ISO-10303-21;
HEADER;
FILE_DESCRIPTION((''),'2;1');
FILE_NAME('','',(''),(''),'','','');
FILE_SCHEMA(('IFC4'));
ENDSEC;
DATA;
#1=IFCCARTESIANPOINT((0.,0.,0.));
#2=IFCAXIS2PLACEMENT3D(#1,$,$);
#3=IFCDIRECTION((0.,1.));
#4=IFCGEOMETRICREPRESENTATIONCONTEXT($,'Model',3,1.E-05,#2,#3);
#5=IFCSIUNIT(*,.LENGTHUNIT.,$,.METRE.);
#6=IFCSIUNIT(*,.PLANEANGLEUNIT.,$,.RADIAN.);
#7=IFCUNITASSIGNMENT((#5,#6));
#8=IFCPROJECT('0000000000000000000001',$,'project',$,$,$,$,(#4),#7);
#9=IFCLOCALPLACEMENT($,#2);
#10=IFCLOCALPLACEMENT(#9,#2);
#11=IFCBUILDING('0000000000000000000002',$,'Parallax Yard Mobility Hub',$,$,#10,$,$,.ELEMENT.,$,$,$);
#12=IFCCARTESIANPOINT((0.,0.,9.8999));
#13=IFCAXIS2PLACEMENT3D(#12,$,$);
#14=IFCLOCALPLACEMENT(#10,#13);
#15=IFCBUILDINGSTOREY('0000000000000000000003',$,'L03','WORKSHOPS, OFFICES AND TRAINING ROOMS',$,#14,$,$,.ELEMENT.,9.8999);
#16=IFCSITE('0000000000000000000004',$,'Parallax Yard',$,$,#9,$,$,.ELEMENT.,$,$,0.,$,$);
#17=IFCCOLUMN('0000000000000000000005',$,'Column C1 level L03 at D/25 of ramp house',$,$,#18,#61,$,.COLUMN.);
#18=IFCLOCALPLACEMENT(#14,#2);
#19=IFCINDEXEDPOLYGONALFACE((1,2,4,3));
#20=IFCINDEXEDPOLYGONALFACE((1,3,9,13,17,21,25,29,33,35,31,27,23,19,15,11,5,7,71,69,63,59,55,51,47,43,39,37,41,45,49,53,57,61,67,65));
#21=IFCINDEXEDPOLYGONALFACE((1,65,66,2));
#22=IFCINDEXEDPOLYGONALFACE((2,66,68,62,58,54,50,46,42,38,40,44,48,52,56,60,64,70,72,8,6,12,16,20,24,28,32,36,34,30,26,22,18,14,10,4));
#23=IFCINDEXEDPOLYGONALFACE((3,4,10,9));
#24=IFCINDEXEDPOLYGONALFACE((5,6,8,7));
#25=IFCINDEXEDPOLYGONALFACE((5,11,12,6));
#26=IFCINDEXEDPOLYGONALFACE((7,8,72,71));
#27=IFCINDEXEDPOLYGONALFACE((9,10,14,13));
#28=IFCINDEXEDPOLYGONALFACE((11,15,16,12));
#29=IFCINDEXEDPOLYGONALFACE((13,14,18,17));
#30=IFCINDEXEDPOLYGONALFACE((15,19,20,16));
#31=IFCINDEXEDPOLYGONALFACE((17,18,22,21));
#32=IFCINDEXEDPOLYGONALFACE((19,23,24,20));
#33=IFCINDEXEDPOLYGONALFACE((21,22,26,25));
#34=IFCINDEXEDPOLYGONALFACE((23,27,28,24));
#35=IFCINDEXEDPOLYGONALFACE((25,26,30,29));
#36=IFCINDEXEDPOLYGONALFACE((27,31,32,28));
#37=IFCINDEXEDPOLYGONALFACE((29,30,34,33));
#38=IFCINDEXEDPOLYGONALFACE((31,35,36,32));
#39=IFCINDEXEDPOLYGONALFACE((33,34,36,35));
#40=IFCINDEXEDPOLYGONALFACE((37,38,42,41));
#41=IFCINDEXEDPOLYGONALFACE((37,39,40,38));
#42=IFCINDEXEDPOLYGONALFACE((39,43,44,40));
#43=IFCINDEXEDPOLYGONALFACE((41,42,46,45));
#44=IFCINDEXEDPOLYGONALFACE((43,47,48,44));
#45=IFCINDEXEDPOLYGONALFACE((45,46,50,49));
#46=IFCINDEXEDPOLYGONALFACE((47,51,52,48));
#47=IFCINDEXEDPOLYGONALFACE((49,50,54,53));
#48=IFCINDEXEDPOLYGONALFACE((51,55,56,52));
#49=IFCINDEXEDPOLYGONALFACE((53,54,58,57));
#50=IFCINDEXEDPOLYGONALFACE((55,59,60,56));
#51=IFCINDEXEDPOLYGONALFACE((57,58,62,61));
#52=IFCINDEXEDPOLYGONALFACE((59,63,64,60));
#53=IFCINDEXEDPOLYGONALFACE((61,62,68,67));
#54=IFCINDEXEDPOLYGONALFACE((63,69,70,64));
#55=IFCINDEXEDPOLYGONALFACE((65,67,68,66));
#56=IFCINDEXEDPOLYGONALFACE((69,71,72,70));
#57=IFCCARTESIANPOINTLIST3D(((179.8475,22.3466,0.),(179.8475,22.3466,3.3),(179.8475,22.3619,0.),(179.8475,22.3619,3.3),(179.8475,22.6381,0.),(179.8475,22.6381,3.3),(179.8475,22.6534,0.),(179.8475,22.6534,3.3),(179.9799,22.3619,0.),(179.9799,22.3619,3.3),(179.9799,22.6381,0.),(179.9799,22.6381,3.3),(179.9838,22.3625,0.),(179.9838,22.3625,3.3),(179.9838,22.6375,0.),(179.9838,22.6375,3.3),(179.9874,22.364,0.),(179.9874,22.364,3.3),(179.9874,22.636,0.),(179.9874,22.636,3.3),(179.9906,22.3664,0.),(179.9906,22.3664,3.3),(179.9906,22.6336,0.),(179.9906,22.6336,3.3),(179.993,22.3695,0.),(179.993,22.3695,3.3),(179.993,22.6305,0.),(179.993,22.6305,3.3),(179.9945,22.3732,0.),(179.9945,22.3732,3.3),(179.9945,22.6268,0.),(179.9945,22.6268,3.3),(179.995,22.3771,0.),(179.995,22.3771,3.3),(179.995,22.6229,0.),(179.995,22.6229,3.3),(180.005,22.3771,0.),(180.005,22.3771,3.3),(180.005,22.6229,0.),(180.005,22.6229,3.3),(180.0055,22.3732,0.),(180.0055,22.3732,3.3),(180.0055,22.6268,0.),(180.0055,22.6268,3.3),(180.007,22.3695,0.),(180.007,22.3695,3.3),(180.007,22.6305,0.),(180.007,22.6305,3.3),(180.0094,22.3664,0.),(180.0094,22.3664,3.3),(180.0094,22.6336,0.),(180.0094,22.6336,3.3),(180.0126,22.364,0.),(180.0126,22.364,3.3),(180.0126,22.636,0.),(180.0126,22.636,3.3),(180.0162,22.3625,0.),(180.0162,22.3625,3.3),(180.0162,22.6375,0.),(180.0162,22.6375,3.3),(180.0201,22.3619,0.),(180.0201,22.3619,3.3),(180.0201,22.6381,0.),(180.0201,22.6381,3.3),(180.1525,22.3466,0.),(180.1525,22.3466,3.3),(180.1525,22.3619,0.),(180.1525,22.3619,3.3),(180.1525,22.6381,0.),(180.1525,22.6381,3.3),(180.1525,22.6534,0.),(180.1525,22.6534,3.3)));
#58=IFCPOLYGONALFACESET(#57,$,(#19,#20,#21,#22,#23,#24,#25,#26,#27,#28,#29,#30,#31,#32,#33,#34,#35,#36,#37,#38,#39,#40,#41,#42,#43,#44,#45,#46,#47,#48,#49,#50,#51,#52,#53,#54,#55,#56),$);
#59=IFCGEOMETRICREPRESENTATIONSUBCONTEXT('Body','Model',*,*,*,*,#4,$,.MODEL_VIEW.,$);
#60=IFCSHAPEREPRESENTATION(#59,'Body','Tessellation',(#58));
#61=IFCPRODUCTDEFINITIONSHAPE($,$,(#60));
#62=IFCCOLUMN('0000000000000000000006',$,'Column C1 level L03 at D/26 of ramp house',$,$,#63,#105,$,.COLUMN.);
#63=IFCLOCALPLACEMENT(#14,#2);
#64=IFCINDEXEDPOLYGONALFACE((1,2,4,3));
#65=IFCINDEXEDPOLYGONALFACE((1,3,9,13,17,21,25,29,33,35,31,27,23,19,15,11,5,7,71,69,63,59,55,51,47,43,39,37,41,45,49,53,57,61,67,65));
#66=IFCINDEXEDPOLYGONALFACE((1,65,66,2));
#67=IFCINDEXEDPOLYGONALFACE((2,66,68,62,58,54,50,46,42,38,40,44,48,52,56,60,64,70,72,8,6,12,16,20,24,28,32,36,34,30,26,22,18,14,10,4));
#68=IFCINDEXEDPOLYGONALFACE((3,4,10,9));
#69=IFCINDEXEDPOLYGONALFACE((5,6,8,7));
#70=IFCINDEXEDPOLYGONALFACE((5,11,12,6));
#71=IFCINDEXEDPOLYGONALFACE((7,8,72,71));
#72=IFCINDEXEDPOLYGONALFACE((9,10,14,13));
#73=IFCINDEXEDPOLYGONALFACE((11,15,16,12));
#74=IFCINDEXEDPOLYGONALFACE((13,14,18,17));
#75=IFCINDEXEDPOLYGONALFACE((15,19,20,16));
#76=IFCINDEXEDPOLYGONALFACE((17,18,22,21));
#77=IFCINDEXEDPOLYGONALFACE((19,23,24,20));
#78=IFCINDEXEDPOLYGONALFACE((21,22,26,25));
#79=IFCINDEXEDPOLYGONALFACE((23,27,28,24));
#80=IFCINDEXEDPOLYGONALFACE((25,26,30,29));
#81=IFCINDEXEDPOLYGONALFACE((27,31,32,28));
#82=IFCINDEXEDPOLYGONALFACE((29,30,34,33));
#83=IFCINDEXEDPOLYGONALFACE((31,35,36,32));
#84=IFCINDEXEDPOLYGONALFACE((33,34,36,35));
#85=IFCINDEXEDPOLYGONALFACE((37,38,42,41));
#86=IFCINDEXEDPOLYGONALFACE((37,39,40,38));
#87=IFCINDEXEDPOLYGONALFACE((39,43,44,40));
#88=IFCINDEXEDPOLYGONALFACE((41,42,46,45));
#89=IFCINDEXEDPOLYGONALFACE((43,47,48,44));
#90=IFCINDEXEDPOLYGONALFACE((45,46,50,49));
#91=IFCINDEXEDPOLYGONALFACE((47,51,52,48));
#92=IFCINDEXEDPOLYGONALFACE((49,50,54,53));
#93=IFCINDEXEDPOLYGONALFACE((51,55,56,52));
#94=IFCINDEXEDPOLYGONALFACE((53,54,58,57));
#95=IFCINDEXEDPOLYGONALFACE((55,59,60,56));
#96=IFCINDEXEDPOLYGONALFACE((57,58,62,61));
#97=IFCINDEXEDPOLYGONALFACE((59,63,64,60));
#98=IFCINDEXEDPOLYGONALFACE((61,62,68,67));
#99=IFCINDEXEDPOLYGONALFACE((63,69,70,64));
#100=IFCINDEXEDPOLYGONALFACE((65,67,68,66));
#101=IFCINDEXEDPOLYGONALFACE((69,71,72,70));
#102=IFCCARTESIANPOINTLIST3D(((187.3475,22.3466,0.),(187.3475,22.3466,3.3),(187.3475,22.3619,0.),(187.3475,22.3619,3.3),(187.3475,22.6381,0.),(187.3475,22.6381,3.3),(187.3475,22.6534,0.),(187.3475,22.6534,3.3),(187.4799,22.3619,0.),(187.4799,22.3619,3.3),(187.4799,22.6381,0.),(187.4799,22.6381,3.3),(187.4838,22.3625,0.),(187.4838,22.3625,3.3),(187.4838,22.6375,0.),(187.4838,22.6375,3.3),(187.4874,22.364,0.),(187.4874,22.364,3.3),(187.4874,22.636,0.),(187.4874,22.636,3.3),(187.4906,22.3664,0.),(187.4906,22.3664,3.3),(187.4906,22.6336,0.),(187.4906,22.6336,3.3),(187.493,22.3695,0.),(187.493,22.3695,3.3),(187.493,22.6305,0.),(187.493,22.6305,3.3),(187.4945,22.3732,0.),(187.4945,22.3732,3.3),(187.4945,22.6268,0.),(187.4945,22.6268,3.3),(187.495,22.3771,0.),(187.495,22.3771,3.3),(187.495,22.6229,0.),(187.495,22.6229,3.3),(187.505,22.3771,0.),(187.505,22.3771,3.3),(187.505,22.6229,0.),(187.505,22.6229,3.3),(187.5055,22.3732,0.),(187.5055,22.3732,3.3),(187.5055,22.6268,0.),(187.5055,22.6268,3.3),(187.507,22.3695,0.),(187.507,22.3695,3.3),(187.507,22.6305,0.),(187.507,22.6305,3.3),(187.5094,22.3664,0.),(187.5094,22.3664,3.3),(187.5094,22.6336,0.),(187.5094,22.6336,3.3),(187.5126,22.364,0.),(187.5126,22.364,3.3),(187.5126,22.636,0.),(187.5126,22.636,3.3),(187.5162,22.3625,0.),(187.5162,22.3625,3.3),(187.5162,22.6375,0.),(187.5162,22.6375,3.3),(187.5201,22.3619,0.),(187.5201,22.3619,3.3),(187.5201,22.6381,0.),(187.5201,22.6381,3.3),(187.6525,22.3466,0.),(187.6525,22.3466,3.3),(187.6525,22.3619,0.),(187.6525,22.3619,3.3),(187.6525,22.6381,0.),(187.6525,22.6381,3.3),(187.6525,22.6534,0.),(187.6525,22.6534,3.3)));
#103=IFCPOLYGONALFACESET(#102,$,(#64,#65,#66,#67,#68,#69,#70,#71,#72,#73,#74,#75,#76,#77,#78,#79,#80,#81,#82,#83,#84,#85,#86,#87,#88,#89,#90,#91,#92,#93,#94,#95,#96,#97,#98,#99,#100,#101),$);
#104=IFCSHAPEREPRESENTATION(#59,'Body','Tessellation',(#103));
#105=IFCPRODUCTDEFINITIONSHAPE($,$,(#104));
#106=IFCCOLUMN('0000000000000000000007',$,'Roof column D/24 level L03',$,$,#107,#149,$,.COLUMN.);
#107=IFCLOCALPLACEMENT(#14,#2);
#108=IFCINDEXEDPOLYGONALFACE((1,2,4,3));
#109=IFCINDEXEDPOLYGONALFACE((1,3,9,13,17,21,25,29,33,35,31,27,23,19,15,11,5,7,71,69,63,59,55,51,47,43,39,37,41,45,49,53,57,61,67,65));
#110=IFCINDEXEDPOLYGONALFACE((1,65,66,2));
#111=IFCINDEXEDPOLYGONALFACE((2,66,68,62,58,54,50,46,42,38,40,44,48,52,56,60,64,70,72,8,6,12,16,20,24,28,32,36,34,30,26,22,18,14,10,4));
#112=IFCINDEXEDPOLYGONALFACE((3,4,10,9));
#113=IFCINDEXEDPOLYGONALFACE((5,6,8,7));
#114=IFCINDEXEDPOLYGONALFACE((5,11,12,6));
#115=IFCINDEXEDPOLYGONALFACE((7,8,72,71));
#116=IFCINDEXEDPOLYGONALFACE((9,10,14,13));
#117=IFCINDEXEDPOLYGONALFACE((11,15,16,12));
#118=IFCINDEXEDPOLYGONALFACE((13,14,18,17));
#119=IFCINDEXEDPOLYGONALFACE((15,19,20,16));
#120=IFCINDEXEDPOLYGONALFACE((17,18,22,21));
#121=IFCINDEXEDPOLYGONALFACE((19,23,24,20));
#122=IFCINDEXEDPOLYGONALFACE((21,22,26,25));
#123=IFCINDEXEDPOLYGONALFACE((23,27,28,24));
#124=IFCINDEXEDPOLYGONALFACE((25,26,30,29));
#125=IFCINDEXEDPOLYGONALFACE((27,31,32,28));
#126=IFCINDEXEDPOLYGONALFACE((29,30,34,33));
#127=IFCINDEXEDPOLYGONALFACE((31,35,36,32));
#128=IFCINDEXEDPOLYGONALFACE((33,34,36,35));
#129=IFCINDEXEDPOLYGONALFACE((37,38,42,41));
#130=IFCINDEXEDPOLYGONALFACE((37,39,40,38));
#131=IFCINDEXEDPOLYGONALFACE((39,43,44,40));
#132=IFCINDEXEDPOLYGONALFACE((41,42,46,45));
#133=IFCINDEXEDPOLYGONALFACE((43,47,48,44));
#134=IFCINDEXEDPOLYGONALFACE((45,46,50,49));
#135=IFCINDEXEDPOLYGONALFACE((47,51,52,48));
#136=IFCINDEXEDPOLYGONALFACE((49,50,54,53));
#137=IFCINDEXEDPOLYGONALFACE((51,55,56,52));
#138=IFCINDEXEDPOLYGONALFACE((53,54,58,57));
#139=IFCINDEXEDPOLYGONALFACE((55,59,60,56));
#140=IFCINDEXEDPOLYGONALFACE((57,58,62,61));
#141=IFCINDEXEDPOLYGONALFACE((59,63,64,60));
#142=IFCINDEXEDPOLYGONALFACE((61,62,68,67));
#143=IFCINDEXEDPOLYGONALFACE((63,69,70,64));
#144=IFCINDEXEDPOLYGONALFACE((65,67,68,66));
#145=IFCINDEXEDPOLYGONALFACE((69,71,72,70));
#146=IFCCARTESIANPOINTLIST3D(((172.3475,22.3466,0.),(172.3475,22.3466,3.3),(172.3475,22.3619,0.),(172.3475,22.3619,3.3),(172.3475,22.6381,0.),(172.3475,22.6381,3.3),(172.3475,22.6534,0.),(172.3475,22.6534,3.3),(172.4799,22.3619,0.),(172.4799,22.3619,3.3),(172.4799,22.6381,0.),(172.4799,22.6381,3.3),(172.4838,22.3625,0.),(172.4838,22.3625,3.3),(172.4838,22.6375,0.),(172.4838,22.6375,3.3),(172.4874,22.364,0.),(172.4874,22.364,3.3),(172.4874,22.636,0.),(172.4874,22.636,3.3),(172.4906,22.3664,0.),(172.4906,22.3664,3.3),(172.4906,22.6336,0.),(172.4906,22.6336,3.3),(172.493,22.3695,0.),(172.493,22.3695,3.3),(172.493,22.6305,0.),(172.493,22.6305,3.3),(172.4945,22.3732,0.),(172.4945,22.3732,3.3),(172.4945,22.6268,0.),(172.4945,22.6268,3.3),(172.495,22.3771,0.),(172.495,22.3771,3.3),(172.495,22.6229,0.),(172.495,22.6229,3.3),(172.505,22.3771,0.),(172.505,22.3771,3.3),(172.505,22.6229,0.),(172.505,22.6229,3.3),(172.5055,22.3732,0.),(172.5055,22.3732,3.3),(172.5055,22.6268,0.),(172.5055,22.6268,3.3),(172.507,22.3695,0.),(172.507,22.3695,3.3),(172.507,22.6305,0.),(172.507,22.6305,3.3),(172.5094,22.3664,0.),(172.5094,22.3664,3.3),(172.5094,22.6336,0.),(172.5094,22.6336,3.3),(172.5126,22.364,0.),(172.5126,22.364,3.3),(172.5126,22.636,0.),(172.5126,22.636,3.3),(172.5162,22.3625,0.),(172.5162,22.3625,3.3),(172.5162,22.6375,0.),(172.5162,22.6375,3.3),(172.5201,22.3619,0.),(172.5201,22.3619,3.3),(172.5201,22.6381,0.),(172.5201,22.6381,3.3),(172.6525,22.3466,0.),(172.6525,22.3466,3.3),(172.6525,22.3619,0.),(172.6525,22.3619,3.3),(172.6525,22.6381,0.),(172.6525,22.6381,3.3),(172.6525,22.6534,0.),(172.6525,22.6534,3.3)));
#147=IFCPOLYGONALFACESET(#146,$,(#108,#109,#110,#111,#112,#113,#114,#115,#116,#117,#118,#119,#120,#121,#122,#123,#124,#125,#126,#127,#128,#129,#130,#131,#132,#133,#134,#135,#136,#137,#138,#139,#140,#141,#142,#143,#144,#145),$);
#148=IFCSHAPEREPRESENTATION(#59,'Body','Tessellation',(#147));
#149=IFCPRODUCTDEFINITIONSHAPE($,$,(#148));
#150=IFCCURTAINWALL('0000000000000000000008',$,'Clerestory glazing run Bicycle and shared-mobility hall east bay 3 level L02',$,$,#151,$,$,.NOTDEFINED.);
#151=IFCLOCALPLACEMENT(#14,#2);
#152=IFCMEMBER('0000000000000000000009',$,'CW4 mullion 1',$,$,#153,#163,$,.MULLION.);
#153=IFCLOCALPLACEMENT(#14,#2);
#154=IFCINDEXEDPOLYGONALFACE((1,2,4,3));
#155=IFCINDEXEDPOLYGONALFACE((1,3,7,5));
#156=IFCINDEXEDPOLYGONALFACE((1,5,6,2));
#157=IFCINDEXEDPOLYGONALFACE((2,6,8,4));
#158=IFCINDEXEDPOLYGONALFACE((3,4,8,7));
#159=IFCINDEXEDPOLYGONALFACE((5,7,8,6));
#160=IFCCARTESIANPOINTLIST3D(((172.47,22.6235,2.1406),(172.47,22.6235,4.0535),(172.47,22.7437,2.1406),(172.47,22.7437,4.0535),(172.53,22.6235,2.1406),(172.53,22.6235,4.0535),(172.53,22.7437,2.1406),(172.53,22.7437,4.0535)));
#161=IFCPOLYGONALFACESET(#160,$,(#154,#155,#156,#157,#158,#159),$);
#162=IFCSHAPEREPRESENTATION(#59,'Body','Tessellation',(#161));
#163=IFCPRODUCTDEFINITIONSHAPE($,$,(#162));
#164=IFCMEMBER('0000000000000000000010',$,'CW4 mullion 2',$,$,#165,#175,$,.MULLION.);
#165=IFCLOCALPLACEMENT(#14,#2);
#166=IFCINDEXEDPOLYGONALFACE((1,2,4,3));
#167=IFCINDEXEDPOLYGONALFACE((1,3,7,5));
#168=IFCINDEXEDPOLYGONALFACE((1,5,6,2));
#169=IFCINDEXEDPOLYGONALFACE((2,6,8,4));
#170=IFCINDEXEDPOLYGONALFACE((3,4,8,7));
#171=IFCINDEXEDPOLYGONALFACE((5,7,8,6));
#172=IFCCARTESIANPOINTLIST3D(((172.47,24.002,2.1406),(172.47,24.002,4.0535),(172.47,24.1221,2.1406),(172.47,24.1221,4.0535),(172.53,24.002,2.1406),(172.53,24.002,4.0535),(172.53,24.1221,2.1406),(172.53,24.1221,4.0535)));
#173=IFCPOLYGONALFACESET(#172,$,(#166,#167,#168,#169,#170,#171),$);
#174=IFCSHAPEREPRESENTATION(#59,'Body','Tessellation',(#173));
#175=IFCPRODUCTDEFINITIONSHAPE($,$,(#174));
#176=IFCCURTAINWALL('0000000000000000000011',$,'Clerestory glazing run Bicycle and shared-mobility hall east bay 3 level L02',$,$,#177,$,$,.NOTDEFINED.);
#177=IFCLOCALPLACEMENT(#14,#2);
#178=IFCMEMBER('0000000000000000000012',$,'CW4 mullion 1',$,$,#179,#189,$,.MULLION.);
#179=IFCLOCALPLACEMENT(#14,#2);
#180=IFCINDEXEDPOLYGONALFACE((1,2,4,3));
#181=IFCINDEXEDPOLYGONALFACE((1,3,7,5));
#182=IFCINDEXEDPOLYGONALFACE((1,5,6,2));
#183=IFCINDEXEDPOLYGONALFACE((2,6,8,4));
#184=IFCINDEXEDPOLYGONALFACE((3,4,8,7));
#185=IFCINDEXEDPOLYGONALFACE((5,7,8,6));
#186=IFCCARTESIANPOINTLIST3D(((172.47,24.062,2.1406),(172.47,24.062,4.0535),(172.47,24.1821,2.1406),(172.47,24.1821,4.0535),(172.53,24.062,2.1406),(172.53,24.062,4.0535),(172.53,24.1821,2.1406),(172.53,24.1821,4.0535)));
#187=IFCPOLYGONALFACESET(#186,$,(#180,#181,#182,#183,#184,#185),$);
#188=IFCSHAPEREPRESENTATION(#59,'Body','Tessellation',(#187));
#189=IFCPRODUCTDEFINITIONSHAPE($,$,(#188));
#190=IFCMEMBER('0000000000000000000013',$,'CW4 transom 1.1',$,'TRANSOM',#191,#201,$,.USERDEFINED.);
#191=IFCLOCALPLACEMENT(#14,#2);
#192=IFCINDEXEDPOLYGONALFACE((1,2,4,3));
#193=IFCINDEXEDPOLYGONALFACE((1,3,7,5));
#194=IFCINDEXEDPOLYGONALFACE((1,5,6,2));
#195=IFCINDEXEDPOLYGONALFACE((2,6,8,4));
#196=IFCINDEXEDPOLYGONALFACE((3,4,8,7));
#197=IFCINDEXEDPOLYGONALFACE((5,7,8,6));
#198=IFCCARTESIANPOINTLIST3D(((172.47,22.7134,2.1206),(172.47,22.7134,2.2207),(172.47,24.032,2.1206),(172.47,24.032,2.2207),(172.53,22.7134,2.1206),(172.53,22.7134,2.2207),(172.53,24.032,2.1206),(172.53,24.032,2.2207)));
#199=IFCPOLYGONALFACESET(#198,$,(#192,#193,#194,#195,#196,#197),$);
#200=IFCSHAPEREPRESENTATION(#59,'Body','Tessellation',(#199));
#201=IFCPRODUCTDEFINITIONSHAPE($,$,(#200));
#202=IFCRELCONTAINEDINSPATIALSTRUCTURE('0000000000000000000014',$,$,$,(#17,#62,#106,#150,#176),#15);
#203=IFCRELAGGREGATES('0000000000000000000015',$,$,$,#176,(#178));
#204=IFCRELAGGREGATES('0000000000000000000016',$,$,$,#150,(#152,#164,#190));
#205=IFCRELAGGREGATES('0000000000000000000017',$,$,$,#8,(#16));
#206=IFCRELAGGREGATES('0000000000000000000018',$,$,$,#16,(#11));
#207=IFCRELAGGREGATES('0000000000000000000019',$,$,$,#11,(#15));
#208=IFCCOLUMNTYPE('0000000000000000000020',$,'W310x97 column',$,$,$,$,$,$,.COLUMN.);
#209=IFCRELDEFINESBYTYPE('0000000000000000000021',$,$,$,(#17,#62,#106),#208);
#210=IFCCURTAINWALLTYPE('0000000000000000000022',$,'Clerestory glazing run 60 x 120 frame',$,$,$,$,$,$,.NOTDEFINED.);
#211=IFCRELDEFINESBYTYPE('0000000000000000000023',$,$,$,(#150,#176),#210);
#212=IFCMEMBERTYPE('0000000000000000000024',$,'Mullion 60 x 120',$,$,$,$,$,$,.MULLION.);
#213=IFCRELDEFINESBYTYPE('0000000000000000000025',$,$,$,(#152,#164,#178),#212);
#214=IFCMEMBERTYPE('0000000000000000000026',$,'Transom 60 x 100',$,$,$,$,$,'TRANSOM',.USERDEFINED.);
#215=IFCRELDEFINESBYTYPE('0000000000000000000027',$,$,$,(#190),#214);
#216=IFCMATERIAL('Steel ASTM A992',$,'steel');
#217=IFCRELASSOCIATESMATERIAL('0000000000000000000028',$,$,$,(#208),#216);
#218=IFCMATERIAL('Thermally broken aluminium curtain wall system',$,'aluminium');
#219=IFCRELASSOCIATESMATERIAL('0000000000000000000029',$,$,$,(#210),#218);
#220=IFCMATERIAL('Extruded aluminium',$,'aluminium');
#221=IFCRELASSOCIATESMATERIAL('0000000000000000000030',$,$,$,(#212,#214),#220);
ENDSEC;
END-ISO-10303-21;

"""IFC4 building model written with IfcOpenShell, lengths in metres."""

from ifc_helpers import new_model, si_unit, direction, frame, origin, origin_2d, place, context, subcontext, project, spatial, rectangle, i_section, extrude, material, material_profile, profile_set, type_object, element, aggregate, save


model = new_model("IFC4")

# Units and contexts
model_context = context("Model", 3, precision=1e-05, world=origin(), true_north=direction((0.0, 1.0)))
body_context = subcontext(model_context, "Body", "Model", "MODEL_VIEW")
ifc_project = project(units=[si_unit("LENGTHUNIT", "METRE"), si_unit("PLANEANGLEUNIT", "RADIAN")], contexts=[model_context])

# Site, building, storey
site_placement = place(None, origin())
site = spatial("IfcSite", under=ifc_project, at=site_placement, Name="Parallax Yard", CompositionType="ELEMENT", RefElevation=0.0)
building_placement = place(site_placement, origin())
building = spatial("IfcBuilding", under=site, at=building_placement, Name="Parallax Yard Mobility Hub", CompositionType="ELEMENT")
storey_placement = place(building_placement, frame((0.0, 0.0, 9.8999)))
storey = spatial("IfcBuildingStorey", under=building, at=storey_placement, Name="L03", Description="WORKSHOPS, OFFICES AND TRAINING ROOMS", CompositionType="ELEMENT", Elevation=9.8999)

# Columns
ifc_material_1 = material(Name="Steel ASTM A992", Category="steel")
ifc_material_profile_1 = material_profile(ifc_material_1, i_section(OverallWidth=0.3049, OverallDepth=0.3069, WebThickness=0.01, FlangeThickness=0.0154, FilletRadius=0.0151, at=origin_2d()), Name="W310x97")
ifc_profile_set_1 = profile_set([ifc_material_profile_1], Name="Steel ASTM A992")
column_type = type_object("IfcColumnType", Name="W310x97 column", PredefinedType="COLUMN", material=ifc_profile_set_1)
for number, where, z_axis, x_axis, name in (
    (1, (180.0, 22.5, 0.0), (0.0, 0.0, 1.0), (1.0, 0.0, 0.0), "Column C1 level L03 at D/25 of ramp house"),
    (2, (187.5, 22.5, 0.0), (0.0, 0.0, 1.0), (1.0, 0.0, 0.0), "Column C1 level L03 at D/26 of ramp house"),
    (3, (172.5, 22.5, 0.0), (0.0, 0.0, 1.0), (1.0, 0.0, 0.0), "Roof column D/24 level L03"),
):
    element("IfcColumn", number, at=place(storey_placement, frame(where, z_axis=z_axis, x_axis=x_axis)), inside=storey, type_object=column_type, Name=name, PredefinedType="COLUMN", context=body_context, shape_type="SweptSolid", body=[
        extrude(i_section(OverallWidth=0.3049, OverallDepth=0.3069, WebThickness=0.01, FlangeThickness=0.0154, FilletRadius=0.0151, at=origin_2d()), origin(), (0.0, 0.0, 1.0), 3.3),
    ])

# Curtain wall, members
ifc_material_2 = material(Name="Thermally broken aluminium curtain wall system", Category="aluminium")
curtain_wall_type = type_object("IfcCurtainWallType", Name="Clerestory glazing run 60 x 120 frame", PredefinedType="NOTDEFINED", material=ifc_material_2)
curtain_wall_1_placement = place(storey_placement, origin())
curtain_wall_1 = element("IfcCurtainWall", 4, at=curtain_wall_1_placement, inside=storey, type_object=curtain_wall_type, Name="Clerestory glazing run Bicycle and shared-mobility hall east bay 3 level L02", PredefinedType="NOTDEFINED")
ifc_material_3 = material(Name="Extruded aluminium", Category="aluminium")
ifc_material_profile_2 = material_profile(ifc_material_3, rectangle(XDim=0.0601, YDim=0.1201, at=origin_2d()), Name="Mullion 60 x 120")
ifc_profile_set_2 = profile_set([ifc_material_profile_2], Name="Extruded aluminium")
member_type_1 = type_object("IfcMemberType", Name="Mullion 60 x 120", PredefinedType="MULLION", material=ifc_profile_set_2)
member_1_placement = place(storey_placement, frame((172.5, 22.6836, 2.1406), z_axis=(0.0, 0.0, 1.0), x_axis=(-1.0, 0.0, 0.0)))
member_1 = element("IfcMember", 5, at=member_1_placement, type_object=member_type_1, Name="CW4 mullion 1", PredefinedType="MULLION", context=body_context, shape_type="SweptSolid", body=[
    extrude(rectangle(XDim=0.0601, YDim=0.1201, at=origin_2d()), origin(), (0.0, 0.0, 1.0), 1.9128),
])
member_2_placement = place(storey_placement, frame((172.5, 24.062, 2.1406), z_axis=(0.0, 0.0, 1.0), x_axis=(-1.0, 0.0, 0.0)))
member_2 = element("IfcMember", 6, at=member_2_placement, type_object=member_type_1, Name="CW4 mullion 2", PredefinedType="MULLION", context=body_context, shape_type="SweptSolid", body=[
    extrude(rectangle(XDim=0.0601, YDim=0.1201, at=origin_2d()), origin(), (0.0, 0.0, 1.0), 1.9128),
])

# Curtain wall, member
curtain_wall_2_placement = place(storey_placement, origin())
curtain_wall_2 = element("IfcCurtainWall", 7, at=curtain_wall_2_placement, inside=storey, type_object=curtain_wall_type, Name="Clerestory glazing run Bicycle and shared-mobility hall east bay 3 level L02", PredefinedType="NOTDEFINED")
member_3_placement = place(storey_placement, frame((172.5, 24.1221, 2.1406), z_axis=(0.0, 0.0, 1.0), x_axis=(-1.0, 0.0, 0.0)))
member_3 = element("IfcMember", 8, at=member_3_placement, type_object=member_type_1, Name="CW4 mullion 1", PredefinedType="MULLION", context=body_context, shape_type="SweptSolid", body=[
    extrude(rectangle(XDim=0.0601, YDim=0.1201, at=origin_2d()), origin(), (0.0, 0.0, 1.0), 1.9128),
])
aggregate(curtain_wall_2, [member_3])

# Member
ifc_material_profile_3 = material_profile(ifc_material_3, rectangle(XDim=0.0601, YDim=0.1001, at=origin_2d()), Name="Transom 60 x 100")
ifc_profile_set_3 = profile_set([ifc_material_profile_3], Name="Extruded aluminium")
member_type_2 = type_object("IfcMemberType", Name="Transom 60 x 100", ElementType="TRANSOM", PredefinedType="USERDEFINED", material=ifc_profile_set_3)
member_4_placement = place(storey_placement, frame((172.5, 22.7134, 2.1707), z_axis=(0.0, 1.0, 0.0), x_axis=(-1.0, 0.0, 0.0)))
member_4 = element("IfcMember", 9, at=member_4_placement, type_object=member_type_2, Name="CW4 transom 1.1", ObjectType="TRANSOM", PredefinedType="USERDEFINED", context=body_context, shape_type="SweptSolid", body=[
    extrude(rectangle(XDim=0.0601, YDim=0.1001, at=origin_2d()), origin(), (0.0, 0.0, 1.0), 1.3186),
])

aggregate(curtain_wall_1, [member_1, member_2, member_4])

save(model, "model.ifc")
